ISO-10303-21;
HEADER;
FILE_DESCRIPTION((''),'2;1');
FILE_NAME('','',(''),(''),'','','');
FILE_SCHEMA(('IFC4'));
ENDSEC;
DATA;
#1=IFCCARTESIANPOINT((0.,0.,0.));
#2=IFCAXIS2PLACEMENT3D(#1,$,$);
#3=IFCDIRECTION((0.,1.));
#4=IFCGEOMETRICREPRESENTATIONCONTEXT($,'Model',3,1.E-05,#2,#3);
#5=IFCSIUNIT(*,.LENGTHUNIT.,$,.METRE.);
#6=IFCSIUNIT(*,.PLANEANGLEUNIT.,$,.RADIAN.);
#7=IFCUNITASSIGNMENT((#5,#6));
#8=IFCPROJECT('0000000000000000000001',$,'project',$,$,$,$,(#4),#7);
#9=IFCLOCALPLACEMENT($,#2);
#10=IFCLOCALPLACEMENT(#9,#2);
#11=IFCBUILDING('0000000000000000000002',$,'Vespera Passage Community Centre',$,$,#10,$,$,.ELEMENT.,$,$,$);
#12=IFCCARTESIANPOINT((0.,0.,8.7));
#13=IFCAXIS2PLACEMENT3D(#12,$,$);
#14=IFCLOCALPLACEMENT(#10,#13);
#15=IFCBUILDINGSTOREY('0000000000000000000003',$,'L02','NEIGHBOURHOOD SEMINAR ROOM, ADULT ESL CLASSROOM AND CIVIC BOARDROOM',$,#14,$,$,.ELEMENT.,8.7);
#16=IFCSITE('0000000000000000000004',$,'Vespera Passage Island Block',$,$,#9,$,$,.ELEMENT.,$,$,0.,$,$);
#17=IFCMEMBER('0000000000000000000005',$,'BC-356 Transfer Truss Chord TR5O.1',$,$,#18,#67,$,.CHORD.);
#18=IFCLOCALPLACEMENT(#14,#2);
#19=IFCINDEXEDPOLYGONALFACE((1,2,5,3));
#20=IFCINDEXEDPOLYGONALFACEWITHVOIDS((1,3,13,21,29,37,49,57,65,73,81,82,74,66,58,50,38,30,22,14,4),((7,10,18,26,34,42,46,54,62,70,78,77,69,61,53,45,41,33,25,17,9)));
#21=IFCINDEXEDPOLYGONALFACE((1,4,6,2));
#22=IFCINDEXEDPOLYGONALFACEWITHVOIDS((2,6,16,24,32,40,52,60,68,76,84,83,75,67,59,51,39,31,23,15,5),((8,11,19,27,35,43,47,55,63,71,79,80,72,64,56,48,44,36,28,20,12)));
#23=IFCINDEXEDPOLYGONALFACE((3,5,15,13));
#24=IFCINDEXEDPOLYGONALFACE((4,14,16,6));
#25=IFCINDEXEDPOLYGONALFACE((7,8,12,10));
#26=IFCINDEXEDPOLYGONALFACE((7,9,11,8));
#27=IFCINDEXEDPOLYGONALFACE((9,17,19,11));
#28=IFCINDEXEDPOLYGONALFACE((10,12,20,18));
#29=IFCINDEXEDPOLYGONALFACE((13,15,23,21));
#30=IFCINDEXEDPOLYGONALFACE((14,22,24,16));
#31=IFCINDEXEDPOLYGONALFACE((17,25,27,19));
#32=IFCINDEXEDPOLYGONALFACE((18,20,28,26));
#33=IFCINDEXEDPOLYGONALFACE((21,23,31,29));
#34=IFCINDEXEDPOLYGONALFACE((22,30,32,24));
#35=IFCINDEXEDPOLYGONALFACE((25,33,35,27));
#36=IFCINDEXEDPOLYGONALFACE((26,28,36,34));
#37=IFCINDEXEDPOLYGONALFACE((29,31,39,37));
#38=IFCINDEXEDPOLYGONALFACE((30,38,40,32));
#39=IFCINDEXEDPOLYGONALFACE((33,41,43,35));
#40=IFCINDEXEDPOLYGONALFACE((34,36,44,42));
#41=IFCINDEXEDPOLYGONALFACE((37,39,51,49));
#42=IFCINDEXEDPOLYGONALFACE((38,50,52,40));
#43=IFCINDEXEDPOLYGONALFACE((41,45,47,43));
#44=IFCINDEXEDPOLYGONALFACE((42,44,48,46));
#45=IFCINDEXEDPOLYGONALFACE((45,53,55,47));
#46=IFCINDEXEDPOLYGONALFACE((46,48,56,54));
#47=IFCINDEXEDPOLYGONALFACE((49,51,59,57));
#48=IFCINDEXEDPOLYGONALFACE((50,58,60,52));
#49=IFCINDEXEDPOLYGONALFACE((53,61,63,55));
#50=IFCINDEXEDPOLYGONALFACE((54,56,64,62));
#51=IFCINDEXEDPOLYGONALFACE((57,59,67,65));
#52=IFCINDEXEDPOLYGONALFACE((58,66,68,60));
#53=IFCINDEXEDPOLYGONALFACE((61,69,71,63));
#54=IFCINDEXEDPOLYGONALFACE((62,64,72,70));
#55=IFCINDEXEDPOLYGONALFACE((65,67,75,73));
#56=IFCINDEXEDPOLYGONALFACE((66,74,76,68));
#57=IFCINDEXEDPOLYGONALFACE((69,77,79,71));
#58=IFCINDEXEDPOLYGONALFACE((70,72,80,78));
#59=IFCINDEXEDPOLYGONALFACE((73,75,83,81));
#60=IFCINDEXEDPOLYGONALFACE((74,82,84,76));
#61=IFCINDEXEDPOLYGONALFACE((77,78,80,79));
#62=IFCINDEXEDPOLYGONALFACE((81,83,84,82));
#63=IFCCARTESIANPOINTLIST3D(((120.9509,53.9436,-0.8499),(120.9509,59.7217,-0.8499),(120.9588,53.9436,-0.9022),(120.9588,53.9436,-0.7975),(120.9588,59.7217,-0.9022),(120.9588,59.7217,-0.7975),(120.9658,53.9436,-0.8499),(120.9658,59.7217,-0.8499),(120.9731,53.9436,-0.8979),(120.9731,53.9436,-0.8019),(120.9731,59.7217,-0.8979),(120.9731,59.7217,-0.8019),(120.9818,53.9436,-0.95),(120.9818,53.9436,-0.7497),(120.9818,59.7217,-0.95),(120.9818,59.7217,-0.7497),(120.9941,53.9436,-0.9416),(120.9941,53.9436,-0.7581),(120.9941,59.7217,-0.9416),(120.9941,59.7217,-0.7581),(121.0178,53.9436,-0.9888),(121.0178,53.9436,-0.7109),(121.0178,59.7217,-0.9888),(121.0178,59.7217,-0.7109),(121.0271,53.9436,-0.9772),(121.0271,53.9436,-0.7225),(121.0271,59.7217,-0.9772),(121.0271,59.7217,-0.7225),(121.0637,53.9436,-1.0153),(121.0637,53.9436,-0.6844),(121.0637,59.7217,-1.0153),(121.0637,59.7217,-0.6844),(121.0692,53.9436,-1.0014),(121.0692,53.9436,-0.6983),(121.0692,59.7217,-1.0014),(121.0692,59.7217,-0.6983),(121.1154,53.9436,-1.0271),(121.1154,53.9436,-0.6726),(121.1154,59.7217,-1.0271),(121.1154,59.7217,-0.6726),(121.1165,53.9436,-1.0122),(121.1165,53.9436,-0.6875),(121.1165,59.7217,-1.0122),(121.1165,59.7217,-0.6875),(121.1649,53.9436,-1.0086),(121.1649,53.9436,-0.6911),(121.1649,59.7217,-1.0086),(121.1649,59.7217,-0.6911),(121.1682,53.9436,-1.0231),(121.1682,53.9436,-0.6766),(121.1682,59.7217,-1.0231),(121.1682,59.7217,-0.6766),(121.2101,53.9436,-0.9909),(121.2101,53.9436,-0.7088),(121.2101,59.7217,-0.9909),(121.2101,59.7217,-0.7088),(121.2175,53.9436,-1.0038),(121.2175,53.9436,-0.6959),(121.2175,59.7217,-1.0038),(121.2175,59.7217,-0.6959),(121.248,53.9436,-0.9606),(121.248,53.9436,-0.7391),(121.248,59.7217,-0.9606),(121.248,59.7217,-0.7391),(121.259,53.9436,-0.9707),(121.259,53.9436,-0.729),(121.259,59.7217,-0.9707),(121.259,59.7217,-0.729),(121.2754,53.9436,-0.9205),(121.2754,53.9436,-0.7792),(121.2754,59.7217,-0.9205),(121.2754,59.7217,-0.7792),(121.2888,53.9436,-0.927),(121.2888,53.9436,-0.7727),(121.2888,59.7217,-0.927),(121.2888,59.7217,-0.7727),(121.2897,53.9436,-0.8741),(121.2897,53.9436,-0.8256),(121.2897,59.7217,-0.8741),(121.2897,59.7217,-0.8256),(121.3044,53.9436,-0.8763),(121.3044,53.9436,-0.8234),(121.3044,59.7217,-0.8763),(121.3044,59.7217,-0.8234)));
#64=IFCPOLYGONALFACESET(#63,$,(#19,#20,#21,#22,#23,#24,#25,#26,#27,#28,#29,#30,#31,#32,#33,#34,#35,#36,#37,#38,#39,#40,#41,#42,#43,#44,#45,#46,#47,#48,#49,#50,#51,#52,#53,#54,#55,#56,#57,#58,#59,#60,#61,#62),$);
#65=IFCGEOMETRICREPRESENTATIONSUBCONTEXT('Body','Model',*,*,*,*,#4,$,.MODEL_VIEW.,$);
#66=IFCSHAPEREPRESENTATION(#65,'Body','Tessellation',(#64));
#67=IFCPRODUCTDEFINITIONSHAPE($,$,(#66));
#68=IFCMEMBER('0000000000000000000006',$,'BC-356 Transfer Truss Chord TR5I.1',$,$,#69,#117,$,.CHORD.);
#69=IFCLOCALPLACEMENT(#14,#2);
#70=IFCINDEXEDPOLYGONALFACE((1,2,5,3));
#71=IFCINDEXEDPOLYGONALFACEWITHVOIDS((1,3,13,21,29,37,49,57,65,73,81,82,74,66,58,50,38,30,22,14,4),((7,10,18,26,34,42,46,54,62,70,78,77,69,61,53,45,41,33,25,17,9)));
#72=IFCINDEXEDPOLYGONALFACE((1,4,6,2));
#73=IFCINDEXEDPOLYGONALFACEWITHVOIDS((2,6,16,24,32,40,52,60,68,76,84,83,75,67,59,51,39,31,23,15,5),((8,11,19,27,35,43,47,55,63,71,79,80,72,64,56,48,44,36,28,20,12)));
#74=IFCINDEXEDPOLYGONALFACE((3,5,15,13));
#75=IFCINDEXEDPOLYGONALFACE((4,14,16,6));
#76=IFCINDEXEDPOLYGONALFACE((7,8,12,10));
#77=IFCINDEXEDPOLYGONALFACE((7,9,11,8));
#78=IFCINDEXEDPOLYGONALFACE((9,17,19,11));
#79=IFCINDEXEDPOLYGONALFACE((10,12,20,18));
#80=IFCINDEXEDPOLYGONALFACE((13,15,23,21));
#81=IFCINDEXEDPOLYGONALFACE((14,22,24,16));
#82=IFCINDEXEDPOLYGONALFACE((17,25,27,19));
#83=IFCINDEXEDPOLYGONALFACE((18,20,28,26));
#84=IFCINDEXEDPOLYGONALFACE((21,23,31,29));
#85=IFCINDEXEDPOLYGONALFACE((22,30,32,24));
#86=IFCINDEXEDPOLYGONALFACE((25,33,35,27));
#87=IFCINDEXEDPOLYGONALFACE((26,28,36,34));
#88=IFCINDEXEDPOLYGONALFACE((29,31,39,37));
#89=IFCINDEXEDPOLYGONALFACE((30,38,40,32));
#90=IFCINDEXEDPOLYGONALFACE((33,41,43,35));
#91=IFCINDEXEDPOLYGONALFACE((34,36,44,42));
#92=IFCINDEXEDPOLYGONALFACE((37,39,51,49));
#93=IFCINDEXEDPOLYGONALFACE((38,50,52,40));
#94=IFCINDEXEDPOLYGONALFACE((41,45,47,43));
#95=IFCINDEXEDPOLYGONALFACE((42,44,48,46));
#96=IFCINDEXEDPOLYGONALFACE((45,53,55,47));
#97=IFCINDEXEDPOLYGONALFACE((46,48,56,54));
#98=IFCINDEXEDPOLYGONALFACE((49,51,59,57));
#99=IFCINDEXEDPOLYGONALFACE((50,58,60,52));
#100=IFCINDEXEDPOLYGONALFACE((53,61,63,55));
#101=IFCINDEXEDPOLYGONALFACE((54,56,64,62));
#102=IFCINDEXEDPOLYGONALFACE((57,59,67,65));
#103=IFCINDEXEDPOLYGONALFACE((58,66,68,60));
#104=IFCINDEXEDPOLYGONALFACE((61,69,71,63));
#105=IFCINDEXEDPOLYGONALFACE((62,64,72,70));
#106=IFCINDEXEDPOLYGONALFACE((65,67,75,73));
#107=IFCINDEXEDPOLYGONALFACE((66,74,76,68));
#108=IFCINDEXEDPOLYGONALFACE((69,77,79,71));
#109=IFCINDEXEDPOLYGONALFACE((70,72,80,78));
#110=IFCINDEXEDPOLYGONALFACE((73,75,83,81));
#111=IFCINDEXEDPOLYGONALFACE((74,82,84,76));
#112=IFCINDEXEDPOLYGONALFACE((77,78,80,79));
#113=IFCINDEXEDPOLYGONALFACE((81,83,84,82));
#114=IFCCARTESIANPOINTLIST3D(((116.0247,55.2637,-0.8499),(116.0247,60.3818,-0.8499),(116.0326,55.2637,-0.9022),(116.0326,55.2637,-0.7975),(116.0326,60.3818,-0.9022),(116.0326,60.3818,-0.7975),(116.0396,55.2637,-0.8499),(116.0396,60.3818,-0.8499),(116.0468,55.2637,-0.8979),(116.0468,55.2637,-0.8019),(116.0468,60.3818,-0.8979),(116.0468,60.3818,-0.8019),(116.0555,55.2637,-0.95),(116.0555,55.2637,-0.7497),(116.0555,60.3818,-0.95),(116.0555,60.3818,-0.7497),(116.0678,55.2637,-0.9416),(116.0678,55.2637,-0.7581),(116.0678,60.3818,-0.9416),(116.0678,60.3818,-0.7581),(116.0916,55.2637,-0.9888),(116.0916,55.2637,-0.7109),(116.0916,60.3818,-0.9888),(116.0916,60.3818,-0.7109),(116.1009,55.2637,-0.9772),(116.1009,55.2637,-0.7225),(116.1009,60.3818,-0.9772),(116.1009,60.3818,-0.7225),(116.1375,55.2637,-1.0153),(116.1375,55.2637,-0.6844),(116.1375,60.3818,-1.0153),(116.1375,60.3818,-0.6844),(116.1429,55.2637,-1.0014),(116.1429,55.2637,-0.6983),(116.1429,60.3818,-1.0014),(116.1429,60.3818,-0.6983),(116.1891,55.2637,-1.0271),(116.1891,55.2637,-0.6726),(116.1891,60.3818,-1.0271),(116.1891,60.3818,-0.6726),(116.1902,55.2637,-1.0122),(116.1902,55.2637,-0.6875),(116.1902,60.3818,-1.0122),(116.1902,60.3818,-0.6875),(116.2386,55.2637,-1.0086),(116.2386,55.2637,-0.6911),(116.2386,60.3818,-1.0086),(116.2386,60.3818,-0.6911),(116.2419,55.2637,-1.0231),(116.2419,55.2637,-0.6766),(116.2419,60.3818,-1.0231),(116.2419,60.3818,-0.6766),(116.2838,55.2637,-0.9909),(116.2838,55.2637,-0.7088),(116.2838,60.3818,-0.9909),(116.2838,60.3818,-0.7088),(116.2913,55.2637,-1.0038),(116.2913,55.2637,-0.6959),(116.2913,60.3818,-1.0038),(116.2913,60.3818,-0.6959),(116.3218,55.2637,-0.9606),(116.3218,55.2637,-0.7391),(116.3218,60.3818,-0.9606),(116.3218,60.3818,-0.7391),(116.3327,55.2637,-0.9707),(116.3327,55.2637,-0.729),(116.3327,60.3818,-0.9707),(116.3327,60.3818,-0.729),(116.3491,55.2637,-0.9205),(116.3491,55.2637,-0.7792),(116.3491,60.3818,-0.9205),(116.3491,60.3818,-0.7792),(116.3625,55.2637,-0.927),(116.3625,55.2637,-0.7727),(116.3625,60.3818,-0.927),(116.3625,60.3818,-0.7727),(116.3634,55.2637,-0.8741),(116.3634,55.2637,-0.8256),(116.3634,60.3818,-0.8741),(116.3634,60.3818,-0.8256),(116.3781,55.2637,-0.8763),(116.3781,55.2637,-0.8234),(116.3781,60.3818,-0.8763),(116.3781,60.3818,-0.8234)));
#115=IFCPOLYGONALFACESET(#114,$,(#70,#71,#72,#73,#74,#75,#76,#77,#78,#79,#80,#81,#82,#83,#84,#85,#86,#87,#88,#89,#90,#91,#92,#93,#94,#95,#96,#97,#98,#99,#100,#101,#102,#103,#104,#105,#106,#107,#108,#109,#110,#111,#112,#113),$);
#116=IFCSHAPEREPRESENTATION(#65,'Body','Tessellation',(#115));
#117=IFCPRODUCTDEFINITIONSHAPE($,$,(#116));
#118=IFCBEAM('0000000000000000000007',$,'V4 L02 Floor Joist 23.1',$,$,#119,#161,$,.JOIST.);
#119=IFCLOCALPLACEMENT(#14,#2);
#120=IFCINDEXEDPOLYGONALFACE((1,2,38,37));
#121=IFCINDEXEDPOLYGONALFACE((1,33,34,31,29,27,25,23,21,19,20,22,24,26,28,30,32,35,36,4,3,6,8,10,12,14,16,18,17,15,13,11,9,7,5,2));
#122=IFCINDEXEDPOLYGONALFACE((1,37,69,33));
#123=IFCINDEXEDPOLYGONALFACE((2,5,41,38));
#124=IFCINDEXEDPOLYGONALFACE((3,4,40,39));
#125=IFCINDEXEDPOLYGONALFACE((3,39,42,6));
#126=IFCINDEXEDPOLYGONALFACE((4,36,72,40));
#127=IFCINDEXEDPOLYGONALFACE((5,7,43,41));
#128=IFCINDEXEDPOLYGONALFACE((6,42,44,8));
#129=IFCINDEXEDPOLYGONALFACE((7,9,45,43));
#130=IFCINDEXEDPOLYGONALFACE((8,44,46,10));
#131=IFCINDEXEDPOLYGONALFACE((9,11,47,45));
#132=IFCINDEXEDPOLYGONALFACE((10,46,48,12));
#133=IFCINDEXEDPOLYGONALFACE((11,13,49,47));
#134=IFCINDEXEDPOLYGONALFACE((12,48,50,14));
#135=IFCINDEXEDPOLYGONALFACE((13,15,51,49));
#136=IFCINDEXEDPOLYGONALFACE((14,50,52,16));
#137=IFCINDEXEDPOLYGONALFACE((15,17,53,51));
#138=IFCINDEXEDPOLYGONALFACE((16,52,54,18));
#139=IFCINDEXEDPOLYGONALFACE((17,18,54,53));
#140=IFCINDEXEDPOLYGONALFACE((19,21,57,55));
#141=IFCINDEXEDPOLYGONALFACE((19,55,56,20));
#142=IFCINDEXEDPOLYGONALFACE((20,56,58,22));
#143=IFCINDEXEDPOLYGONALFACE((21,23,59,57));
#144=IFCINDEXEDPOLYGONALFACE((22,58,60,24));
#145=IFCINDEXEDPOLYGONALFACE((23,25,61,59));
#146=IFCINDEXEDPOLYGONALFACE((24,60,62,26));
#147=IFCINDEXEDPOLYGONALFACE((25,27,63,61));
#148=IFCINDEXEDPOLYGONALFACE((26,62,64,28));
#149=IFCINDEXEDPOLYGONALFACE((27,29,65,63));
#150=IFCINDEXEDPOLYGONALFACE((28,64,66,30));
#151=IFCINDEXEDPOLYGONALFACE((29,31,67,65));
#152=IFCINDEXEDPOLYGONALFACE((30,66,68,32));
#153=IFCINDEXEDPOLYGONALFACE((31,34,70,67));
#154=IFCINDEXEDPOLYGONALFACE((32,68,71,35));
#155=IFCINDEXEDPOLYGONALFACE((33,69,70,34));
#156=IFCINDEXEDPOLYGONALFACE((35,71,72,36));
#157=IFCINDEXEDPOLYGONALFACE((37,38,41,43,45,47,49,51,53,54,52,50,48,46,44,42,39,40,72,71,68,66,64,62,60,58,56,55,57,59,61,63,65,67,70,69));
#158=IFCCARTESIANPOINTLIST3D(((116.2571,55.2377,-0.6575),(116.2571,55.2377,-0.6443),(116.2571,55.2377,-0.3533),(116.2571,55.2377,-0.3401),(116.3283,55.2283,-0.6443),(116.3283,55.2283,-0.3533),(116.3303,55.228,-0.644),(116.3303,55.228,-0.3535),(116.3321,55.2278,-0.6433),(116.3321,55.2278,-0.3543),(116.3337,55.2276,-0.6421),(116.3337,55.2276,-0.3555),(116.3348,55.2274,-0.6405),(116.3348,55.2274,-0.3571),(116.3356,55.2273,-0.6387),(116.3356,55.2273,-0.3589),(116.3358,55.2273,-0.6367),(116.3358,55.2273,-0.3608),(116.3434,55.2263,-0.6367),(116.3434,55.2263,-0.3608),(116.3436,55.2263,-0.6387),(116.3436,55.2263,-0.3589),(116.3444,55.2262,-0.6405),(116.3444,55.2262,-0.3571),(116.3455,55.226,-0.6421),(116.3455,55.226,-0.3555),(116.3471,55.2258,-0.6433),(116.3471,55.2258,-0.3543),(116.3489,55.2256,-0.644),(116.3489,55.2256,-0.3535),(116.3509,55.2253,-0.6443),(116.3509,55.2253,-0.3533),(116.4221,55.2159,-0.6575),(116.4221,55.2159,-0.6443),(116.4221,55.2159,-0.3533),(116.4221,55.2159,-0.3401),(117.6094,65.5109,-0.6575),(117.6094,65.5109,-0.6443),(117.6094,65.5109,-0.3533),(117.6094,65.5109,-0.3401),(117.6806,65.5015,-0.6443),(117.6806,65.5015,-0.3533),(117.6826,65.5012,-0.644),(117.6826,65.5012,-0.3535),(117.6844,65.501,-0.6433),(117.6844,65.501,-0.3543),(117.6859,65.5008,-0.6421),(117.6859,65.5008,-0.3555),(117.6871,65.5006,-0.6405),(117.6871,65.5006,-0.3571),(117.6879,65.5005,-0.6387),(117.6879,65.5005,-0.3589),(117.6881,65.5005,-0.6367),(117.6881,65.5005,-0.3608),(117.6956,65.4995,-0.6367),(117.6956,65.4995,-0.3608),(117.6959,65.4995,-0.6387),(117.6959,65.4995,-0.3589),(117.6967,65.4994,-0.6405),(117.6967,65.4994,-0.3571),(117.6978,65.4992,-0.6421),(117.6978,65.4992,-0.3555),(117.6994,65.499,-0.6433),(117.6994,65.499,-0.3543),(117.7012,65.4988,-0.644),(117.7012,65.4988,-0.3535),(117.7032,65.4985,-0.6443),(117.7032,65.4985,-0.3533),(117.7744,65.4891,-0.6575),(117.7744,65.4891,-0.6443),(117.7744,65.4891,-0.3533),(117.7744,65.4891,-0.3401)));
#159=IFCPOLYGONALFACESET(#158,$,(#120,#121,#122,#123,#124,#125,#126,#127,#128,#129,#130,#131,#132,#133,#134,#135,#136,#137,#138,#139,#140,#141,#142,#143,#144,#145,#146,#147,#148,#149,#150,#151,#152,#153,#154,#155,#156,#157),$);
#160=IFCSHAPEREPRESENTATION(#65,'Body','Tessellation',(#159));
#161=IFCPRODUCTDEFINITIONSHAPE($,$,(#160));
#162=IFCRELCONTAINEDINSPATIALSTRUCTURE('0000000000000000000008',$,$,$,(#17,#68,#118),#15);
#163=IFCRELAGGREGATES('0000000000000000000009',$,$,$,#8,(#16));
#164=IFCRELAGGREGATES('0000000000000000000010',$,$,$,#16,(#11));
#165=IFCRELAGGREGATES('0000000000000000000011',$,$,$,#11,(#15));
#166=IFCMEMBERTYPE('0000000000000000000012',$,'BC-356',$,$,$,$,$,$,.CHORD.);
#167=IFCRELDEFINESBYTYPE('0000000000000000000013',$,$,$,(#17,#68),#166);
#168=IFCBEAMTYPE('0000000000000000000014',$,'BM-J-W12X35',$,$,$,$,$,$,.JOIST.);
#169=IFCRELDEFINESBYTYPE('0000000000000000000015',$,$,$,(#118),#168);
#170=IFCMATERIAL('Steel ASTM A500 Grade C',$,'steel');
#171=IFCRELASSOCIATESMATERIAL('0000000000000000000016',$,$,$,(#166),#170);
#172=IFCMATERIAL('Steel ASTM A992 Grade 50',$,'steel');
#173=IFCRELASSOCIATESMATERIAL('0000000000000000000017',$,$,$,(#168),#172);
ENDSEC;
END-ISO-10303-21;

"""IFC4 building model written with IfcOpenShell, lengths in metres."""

from ifc_helpers import new_model, si_unit, direction, frame, origin, origin_2d, place, context, subcontext, project, spatial, hollow_circle, i_section, extrude, material, material_profile, profile_set, type_object, element, save


model = new_model("IFC4")

# Units and contexts
model_context = context("Model", 3, precision=1e-05, world=origin(), true_north=direction((0.0, 1.0)))
body_context = subcontext(model_context, "Body", "Model", "MODEL_VIEW")
ifc_project = project(units=[si_unit("LENGTHUNIT", "METRE"), si_unit("PLANEANGLEUNIT", "RADIAN")], contexts=[model_context])

# Site, building, storey
site_placement = place(None, origin())
site = spatial("IfcSite", under=ifc_project, at=site_placement, Name="Vespera Passage Island Block", CompositionType="ELEMENT", RefElevation=0.0)
building_placement = place(site_placement, origin())
building = spatial("IfcBuilding", under=site, at=building_placement, Name="Vespera Passage Community Centre", CompositionType="ELEMENT")
storey_placement = place(building_placement, frame((0.0, 0.0, 8.7)))
storey = spatial("IfcBuildingStorey", under=building, at=storey_placement, Name="L02", Description="NEIGHBOURHOOD SEMINAR ROOM, ADULT ESL CLASSROOM AND CIVIC BOARDROOM", CompositionType="ELEMENT", Elevation=8.7)

# Members
ifc_material_1 = material(Name="Steel ASTM A500 Grade C", Category="steel")
ifc_material_profile_1 = material_profile(ifc_material_1, hollow_circle(Radius=0.1777, WallThickness=0.0149, at=origin_2d()), Name="CHS356X15.9")
ifc_profile_set_1 = profile_set([ifc_material_profile_1], Name="Steel ASTM A500 Grade C")
member_type_1 = type_object("IfcMemberType", Name="BC-356", PredefinedType="CHORD", material=ifc_profile_set_1)
member_1_placement = place(storey_placement, frame((121.1287, 53.9436, -0.8499), z_axis=(0.0, 1.0, 0.0), x_axis=(-1.0, 0.0, 0.0)))
element("IfcMember", 1, at=member_1_placement, inside=storey, type_object=member_type_1, Name="BC-356 Transfer Truss Chord TR5O.1", PredefinedType="CHORD", context=body_context, shape_type="SweptSolid", body=[
    extrude(hollow_circle(Radius=0.1777, WallThickness=0.0149, at=origin_2d()), origin(), (0.0, 0.0, 1.0), 5.7781),
])
member_2_placement = place(storey_placement, frame((116.2024, 55.2637, -0.8499), z_axis=(0.0, 1.0, 0.0), x_axis=(-1.0, 0.0, 0.0)))
element("IfcMember", 2, at=member_2_placement, inside=storey, type_object=member_type_1, Name="BC-356 Transfer Truss Chord TR5I.1", PredefinedType="CHORD", context=body_context, shape_type="SweptSolid", body=[
    extrude(hollow_circle(Radius=0.1777, WallThickness=0.0149, at=origin_2d()), origin(), (0.0, 0.0, 1.0), 5.1182),
])

# Beam
ifc_material_2 = material(Name="Steel ASTM A992 Grade 50", Category="steel")
ifc_material_profile_2 = material_profile(ifc_material_2, i_section(OverallWidth=0.1665, OverallDepth=0.3174, WebThickness=0.0076, FlangeThickness=0.0132, FilletRadius=0.0076, at=origin_2d()), Name="W12X35")
ifc_profile_set_2 = profile_set([ifc_material_profile_2], Name="Steel ASTM A992 Grade 50")
beam_type_1 = type_object("IfcBeamType", Name="BM-J-W12X35", PredefinedType="JOIST", material=ifc_profile_set_2)
beam_1_placement = place(storey_placement, frame((116.3396, 55.2268, -0.4988), z_axis=(0.130508, 0.991447, 0.0), x_axis=(-0.991447, 0.130508, 0.0)))
element("IfcBeam", 3, at=beam_1_placement, inside=storey, type_object=beam_type_1, Name="V4 L02 Floor Joist 23.1", PredefinedType="JOIST", context=body_context, shape_type="SweptSolid", body=[
    extrude(i_section(OverallWidth=0.1665, OverallDepth=0.3174, WebThickness=0.0076, FlangeThickness=0.0132, FilletRadius=0.0076, at=origin_2d()), origin(), (0.0, 0.0, 1.0), 10.3618),
])

save(model, "model.ifc")
